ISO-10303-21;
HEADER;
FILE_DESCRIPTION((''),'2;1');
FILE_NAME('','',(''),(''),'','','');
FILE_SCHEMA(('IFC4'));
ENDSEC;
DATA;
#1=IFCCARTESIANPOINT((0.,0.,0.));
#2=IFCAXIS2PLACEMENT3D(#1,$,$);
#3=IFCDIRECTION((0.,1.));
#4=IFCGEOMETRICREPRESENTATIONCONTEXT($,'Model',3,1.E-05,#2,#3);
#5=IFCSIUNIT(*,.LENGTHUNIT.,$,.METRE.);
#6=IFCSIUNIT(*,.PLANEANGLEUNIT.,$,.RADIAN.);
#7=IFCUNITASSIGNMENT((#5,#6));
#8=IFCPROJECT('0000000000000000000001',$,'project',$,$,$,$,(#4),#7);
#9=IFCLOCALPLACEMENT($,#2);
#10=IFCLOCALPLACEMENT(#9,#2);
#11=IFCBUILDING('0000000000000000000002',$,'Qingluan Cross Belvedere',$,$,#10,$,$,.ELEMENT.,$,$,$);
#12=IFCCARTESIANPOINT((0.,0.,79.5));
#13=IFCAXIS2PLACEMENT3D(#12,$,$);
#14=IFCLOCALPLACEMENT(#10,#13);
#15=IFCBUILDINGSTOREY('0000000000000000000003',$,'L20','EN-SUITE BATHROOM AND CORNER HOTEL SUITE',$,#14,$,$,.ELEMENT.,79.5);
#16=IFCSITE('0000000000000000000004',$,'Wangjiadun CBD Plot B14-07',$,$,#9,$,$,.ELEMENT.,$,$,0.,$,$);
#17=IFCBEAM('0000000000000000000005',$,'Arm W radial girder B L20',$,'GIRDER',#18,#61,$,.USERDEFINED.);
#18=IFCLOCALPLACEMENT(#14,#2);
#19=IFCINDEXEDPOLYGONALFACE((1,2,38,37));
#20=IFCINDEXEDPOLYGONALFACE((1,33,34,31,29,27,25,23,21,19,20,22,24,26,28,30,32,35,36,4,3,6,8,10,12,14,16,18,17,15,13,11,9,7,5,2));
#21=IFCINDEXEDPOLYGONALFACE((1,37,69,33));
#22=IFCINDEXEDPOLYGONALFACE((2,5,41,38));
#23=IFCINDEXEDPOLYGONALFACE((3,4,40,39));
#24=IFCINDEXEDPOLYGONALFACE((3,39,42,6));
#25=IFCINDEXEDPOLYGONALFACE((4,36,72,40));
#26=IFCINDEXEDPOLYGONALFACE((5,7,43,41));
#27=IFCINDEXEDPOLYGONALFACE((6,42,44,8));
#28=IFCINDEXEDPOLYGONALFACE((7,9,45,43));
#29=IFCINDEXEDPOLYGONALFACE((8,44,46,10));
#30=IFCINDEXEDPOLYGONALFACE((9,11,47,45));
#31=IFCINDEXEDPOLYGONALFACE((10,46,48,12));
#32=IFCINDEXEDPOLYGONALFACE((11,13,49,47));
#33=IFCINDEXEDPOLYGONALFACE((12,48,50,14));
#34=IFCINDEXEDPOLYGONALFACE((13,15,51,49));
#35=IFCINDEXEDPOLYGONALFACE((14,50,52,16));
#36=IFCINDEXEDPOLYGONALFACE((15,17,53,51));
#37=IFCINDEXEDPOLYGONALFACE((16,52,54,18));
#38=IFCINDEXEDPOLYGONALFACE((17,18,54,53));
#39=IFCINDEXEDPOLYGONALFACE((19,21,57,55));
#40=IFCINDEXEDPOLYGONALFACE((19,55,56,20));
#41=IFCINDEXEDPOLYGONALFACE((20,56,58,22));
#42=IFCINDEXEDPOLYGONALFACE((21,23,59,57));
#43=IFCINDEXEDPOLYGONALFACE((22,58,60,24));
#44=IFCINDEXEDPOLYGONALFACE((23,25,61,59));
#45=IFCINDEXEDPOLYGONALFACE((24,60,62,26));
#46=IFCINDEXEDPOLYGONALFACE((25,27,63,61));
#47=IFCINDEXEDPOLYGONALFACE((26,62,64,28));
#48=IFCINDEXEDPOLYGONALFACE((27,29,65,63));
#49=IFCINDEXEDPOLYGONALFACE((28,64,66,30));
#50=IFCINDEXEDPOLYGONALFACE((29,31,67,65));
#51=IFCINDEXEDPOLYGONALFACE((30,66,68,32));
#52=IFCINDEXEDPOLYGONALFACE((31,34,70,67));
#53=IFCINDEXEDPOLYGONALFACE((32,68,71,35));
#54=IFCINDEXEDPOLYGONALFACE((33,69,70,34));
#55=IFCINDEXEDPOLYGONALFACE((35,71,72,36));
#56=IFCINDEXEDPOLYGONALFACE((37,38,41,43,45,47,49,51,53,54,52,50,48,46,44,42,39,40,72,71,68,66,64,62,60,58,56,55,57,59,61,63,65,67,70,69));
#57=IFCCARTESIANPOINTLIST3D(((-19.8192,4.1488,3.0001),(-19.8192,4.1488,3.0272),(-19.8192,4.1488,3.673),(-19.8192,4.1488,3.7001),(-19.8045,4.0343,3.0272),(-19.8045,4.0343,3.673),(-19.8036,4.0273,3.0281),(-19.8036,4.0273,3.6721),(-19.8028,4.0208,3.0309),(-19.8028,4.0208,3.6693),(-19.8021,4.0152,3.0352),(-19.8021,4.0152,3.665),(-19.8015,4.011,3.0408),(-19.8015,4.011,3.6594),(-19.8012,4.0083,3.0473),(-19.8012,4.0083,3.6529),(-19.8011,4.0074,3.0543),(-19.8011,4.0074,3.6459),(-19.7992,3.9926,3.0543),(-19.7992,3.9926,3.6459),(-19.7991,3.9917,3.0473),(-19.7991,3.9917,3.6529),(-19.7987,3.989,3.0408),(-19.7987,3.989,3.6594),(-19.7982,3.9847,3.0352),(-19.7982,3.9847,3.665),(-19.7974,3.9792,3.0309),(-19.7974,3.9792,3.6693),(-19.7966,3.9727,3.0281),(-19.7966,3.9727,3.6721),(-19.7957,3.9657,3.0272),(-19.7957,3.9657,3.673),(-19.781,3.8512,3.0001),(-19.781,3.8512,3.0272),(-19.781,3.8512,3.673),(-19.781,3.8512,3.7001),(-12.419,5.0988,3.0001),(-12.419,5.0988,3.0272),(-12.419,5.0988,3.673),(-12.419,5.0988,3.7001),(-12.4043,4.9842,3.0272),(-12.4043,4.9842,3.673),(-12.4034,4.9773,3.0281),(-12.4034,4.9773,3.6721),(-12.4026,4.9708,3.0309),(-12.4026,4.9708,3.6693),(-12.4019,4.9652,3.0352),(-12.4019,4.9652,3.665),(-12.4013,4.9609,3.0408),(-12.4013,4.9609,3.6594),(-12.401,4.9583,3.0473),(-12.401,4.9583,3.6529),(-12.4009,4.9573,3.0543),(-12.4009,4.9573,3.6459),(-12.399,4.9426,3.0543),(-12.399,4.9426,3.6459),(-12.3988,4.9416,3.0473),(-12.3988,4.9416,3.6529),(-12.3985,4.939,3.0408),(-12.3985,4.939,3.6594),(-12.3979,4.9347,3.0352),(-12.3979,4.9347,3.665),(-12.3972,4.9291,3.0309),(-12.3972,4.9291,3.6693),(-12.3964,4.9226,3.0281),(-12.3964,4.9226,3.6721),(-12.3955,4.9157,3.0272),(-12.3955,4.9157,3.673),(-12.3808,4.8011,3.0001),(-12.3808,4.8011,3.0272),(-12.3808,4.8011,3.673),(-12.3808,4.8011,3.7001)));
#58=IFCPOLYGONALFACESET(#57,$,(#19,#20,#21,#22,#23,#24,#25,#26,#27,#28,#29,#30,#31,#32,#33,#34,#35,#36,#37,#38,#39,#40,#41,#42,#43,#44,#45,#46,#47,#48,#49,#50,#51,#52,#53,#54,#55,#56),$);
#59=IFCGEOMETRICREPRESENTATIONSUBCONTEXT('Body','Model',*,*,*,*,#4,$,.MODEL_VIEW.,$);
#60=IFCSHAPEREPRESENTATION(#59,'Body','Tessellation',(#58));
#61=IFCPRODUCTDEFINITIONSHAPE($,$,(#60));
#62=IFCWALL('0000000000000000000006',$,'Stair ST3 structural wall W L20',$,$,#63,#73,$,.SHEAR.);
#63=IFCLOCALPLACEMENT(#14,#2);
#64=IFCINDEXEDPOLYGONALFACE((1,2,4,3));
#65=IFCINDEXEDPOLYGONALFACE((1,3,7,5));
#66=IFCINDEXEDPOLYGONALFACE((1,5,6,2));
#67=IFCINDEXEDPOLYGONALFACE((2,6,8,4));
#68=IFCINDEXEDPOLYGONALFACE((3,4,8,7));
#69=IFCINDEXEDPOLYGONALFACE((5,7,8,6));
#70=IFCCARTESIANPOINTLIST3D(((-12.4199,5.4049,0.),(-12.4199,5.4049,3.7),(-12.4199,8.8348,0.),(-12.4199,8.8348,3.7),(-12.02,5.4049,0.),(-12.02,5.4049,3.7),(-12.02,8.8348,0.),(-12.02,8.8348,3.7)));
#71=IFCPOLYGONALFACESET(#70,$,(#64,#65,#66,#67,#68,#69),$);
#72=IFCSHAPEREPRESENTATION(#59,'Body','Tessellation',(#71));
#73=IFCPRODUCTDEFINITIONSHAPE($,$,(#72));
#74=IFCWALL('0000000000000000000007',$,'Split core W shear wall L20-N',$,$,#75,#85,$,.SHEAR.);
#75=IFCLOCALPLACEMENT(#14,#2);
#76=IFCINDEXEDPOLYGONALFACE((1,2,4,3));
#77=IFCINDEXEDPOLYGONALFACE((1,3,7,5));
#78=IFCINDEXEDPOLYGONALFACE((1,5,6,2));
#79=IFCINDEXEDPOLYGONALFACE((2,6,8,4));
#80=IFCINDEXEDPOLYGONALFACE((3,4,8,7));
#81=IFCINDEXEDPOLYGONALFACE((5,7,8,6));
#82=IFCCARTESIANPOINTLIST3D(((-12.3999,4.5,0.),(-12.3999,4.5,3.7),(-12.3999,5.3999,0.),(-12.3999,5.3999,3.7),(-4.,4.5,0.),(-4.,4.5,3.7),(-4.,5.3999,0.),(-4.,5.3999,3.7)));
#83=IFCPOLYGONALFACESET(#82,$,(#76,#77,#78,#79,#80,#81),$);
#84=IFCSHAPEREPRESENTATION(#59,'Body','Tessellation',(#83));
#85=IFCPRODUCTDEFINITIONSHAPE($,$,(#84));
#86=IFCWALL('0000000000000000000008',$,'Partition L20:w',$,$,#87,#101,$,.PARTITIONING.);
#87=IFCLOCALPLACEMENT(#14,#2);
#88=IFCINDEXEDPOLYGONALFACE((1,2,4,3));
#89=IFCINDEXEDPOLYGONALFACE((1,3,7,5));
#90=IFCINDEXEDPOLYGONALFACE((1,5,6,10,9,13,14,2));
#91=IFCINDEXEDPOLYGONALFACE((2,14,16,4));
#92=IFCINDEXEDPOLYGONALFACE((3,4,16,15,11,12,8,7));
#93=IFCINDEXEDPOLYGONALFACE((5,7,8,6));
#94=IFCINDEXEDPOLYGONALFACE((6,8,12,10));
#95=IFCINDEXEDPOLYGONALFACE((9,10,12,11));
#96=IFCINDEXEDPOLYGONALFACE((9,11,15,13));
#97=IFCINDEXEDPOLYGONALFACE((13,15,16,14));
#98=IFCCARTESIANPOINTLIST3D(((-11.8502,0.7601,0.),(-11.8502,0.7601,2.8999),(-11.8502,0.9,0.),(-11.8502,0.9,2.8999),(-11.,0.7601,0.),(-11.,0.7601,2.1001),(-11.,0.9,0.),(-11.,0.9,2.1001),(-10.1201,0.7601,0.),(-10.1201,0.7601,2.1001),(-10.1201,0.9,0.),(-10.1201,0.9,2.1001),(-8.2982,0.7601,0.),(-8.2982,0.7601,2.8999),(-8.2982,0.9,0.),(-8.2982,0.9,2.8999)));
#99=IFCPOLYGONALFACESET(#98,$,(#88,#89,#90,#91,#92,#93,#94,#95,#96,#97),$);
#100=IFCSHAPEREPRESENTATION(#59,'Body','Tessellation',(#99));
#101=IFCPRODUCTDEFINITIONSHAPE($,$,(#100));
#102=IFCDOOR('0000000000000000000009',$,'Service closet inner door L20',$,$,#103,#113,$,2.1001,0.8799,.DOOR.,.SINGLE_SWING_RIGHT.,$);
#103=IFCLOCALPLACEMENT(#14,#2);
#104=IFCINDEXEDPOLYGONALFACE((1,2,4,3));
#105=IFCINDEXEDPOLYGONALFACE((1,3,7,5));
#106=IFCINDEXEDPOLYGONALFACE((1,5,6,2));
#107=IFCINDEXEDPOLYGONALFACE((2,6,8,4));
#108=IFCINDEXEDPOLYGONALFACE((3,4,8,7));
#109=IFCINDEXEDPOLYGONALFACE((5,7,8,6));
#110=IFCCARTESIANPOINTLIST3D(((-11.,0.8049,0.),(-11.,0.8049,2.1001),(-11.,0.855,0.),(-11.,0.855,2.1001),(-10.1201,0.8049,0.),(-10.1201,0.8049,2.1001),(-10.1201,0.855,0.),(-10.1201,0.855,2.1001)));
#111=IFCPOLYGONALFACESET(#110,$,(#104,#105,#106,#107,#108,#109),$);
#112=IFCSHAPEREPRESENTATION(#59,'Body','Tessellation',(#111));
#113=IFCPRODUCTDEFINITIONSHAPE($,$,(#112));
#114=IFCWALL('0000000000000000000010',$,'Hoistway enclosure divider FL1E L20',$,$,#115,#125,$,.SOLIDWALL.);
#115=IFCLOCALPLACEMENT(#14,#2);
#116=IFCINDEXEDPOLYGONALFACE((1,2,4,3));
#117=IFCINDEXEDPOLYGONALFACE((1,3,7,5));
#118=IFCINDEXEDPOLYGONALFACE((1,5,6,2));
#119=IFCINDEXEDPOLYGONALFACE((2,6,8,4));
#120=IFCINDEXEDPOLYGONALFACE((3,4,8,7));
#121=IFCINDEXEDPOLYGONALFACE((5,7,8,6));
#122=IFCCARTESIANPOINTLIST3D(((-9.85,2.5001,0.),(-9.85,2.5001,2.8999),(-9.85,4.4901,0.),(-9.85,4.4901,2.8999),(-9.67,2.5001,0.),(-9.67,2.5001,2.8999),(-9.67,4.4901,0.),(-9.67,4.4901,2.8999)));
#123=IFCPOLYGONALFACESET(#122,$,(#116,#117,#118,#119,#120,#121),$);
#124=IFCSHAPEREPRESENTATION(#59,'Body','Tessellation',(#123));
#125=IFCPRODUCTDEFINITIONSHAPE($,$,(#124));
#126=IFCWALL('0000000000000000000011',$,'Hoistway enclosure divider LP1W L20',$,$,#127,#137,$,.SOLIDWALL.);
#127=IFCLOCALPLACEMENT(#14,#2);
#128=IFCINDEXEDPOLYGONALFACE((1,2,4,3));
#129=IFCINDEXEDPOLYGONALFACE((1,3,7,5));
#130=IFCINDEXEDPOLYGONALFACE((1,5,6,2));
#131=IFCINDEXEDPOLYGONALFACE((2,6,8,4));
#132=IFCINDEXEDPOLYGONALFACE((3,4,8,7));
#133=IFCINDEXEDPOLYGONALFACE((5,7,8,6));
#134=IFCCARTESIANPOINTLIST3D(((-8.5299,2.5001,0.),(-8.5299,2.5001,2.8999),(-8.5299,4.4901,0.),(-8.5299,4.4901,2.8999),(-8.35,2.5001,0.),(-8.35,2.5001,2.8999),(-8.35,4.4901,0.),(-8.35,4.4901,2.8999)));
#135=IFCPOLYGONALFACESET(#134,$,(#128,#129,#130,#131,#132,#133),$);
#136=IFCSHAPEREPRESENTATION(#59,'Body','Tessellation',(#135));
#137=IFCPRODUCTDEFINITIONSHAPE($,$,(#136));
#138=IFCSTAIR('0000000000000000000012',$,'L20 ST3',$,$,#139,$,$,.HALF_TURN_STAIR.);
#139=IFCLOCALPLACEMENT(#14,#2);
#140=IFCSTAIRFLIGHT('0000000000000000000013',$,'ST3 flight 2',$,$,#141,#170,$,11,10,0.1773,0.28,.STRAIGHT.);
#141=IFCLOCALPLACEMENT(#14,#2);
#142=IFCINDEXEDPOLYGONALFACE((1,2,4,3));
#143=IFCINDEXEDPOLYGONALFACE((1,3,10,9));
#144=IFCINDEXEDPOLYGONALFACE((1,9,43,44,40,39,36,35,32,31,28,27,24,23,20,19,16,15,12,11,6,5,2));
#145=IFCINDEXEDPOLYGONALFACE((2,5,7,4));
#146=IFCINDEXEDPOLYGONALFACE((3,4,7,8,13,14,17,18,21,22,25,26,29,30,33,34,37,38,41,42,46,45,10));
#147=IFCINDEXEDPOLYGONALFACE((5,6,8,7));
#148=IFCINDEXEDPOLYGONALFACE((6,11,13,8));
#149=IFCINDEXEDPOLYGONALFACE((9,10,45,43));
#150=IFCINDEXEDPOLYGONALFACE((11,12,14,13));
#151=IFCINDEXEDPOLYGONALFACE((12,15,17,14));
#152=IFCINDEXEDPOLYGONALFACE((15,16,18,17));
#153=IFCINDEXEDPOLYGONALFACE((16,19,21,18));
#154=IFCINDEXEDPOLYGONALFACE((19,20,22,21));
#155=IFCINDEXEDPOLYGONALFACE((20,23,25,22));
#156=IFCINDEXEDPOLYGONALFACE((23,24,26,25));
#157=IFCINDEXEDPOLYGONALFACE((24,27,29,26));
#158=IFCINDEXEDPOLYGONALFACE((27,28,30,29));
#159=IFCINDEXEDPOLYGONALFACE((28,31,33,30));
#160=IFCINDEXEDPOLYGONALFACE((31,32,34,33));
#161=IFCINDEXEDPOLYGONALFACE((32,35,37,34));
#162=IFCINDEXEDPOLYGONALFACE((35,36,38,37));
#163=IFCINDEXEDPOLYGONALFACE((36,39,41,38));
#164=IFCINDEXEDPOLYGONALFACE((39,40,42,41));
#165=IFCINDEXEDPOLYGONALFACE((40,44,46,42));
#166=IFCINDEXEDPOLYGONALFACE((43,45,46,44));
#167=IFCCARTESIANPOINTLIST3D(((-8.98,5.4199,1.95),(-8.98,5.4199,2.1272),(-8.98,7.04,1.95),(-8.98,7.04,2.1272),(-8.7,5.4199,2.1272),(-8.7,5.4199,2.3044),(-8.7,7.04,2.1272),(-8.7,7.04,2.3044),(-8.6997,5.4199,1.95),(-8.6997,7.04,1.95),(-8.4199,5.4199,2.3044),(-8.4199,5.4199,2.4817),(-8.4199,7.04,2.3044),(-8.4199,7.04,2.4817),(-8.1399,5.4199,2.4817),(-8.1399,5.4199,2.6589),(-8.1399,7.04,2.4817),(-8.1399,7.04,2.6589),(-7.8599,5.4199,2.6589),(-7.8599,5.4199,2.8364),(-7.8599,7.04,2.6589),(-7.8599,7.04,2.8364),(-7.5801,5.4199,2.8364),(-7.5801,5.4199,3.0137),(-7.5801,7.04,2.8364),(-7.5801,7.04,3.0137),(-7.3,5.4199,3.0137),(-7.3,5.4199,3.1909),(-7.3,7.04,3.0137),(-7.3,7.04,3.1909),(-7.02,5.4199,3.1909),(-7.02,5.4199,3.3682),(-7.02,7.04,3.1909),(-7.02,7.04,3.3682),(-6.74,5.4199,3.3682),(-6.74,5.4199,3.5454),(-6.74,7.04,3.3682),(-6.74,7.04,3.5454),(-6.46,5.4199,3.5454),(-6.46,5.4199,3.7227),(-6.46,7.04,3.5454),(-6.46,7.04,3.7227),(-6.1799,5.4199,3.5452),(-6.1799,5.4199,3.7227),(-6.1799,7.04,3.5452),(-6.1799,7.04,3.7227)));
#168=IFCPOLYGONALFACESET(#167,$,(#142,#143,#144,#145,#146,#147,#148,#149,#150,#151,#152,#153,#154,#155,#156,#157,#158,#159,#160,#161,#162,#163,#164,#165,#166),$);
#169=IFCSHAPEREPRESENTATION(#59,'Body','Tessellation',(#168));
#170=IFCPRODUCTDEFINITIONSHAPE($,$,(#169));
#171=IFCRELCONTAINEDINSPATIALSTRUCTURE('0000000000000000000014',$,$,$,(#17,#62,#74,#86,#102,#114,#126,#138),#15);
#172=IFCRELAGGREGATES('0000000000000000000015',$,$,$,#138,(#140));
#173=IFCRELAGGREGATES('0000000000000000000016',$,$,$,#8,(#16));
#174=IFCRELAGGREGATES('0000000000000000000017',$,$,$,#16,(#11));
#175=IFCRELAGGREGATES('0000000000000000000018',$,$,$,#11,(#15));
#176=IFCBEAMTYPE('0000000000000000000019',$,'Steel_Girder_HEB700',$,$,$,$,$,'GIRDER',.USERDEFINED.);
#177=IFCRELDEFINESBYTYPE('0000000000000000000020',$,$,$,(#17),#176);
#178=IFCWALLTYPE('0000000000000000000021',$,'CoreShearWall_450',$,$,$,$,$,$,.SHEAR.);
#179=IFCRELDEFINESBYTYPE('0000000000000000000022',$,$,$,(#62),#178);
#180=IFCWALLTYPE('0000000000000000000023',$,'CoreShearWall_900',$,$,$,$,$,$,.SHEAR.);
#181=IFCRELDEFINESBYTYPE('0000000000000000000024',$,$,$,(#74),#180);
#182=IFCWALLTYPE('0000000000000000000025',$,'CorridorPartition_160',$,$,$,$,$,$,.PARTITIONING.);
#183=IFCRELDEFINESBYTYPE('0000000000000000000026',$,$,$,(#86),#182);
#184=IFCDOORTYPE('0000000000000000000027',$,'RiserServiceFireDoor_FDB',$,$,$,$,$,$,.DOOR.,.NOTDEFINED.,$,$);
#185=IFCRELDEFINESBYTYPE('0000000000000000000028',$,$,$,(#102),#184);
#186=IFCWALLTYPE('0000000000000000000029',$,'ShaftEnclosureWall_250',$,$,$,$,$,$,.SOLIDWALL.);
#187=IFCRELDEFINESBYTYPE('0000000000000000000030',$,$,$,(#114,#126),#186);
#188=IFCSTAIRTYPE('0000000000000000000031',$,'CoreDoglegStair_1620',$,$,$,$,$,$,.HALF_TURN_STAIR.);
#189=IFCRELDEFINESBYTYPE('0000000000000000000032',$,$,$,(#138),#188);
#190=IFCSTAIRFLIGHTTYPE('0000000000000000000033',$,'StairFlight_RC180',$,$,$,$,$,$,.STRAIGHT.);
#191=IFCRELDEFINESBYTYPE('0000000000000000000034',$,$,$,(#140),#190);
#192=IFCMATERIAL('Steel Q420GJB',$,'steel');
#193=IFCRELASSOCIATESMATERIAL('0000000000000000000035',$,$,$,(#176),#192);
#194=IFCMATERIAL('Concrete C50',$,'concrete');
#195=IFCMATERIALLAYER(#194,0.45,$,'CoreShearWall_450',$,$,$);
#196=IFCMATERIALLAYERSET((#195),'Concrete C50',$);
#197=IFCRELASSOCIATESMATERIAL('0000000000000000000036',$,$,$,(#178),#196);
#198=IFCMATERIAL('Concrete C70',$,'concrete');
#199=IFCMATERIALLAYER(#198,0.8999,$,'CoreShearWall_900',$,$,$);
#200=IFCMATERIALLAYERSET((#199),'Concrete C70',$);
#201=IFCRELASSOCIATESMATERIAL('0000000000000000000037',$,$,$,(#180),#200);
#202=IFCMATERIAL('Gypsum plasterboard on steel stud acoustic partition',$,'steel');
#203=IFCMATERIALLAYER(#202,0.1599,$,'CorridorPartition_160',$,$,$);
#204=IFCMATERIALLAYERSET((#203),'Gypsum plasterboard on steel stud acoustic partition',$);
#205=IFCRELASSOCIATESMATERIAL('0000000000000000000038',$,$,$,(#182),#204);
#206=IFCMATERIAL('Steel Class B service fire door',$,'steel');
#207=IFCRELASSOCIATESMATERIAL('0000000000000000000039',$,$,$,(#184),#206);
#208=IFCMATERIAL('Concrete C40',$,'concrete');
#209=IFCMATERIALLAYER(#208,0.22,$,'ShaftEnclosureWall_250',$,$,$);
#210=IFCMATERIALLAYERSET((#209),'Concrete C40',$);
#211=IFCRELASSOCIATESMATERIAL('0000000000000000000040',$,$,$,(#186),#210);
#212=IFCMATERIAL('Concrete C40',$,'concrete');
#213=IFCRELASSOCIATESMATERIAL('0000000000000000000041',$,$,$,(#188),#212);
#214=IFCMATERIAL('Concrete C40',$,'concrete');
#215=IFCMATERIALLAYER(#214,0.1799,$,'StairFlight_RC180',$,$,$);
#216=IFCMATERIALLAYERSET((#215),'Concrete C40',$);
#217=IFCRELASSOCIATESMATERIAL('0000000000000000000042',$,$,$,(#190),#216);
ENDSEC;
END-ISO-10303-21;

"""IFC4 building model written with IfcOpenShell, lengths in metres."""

from ifc_helpers import new_model, si_unit, direction, frame, frame_2d, origin, origin_2d, place, context, subcontext, project, spatial, polyline, rectangle, i_section, outline, extrude, material, layer, layer_set, material_profile, profile_set, type_object, element, fill, aggregate, save


model = new_model("IFC4")

# Units and contexts
model_context = context("Model", 3, precision=1e-05, world=origin(), true_north=direction((0.0, 1.0)))
body_context = subcontext(model_context, "Body", "Model", "MODEL_VIEW")
ifc_project = project(units=[si_unit("LENGTHUNIT", "METRE"), si_unit("PLANEANGLEUNIT", "RADIAN")], contexts=[model_context])

# Site, building, storey
site_placement = place(None, origin())
site = spatial("IfcSite", under=ifc_project, at=site_placement, Name="Wangjiadun CBD Plot B14-07", CompositionType="ELEMENT", RefElevation=0.0)
building_placement = place(site_placement, origin())
building = spatial("IfcBuilding", under=site, at=building_placement, Name="Qingluan Cross Belvedere", CompositionType="ELEMENT")
storey_placement = place(building_placement, frame((0.0, 0.0, 79.5)))
storey = spatial("IfcBuildingStorey", under=building, at=storey_placement, Name="L20", Description="EN-SUITE BATHROOM AND CORNER HOTEL SUITE", CompositionType="ELEMENT", Elevation=79.5)

# Beam
ifc_material_1 = material(Name="Steel Q420GJB", Category="steel")
ifc_material_profile_1 = material_profile(ifc_material_1, i_section(OverallWidth=0.3, OverallDepth=0.7, WebThickness=0.0149, FlangeThickness=0.0271, FilletRadius=0.0271, at=origin_2d()), Name="HEB700")
ifc_profile_set_1 = profile_set([ifc_material_profile_1], Name="Steel Q420GJB")
beam_type_1 = type_object("IfcBeamType", Name="Steel_Girder_HEB700", ElementType="GIRDER", PredefinedType="USERDEFINED", material=ifc_profile_set_1)
beam_1_placement = place(storey_placement, frame((-12.3999, 4.95, 3.3501), z_axis=(-0.991861, -0.127324, 0.0), x_axis=(0.127324, -0.991861, 0.0)))
element("IfcBeam", 1, at=beam_1_placement, inside=storey, type_object=beam_type_1, Name="Arm W radial girder B L20", ObjectType="GIRDER", PredefinedType="USERDEFINED", context=body_context, shape_type="SweptSolid", body=[
    extrude(i_section(OverallWidth=0.3, OverallDepth=0.7, WebThickness=0.0149, FlangeThickness=0.0271, FilletRadius=0.0271, at=origin_2d()), origin(), (0.0, 0.0, 1.0), 7.4609),
])

# Wall
ifc_material_2 = material(Name="Concrete C50", Category="concrete")
ifc_layer_1 = layer(ifc_material_2, 0.45, Name="CoreShearWall_450")
ifc_layer_set_1 = layer_set([ifc_layer_1], Name="Concrete C50")
wall_type_1 = type_object("IfcWallType", Name="CoreShearWall_450", PredefinedType="SHEAR", material=ifc_layer_set_1)
wall_1_placement = place(storey_placement, frame((-12.22, 5.405, 0.0), z_axis=(0.0, 0.0, 1.0), x_axis=(0.0, 1.0, 0.0)))
element("IfcWall", 2, at=wall_1_placement, inside=storey, type_object=wall_type_1, Name="Stair ST3 structural wall W L20", PredefinedType="SHEAR", context=body_context, shape_type="SweptSolid", body=[
    extrude(rectangle(XDim=3.4299, YDim=0.3999, at=frame_2d((1.7148, 0.0))), origin(), (0.0, 0.0, 1.0), 3.7),
])

# Wall
ifc_material_3 = material(Name="Concrete C70", Category="concrete")
ifc_layer_2 = layer(ifc_material_3, 0.8999, Name="CoreShearWall_900")
ifc_layer_set_2 = layer_set([ifc_layer_2], Name="Concrete C70")
wall_type_2 = type_object("IfcWallType", Name="CoreShearWall_900", PredefinedType="SHEAR", material=ifc_layer_set_2)
wall_2_placement = place(storey_placement, frame((-12.3999, 4.95, 0.0), z_axis=(0.0, 0.0, 1.0), x_axis=(1.0, 0.0, 0.0)))
element("IfcWall", 3, at=wall_2_placement, inside=storey, type_object=wall_type_2, Name="Split core W shear wall L20-N", PredefinedType="SHEAR", context=body_context, shape_type="SweptSolid", body=[
    extrude(rectangle(XDim=8.3999, YDim=0.8999, at=frame_2d((4.2, 0.0))), origin(), (0.0, 0.0, 1.0), 3.7),
])

# Wall, opening, door
ifc_material_4 = material(Name="Gypsum plasterboard on steel stud acoustic partition", Category="steel")
ifc_layer_3 = layer(ifc_material_4, 0.1599, Name="CorridorPartition_160")
ifc_layer_set_3 = layer_set([ifc_layer_3], Name="Gypsum plasterboard on steel stud acoustic partition")
wall_type_3 = type_object("IfcWallType", Name="CorridorPartition_160", PredefinedType="PARTITIONING", material=ifc_layer_set_3)
wall_3_placement = place(storey_placement, frame((-11.8501, 0.8301, 0.0), z_axis=(0.0, 0.0, 1.0), x_axis=(1.0, 0.0, 0.0)))
wall_3 = element("IfcWall", 4, at=wall_3_placement, inside=storey, type_object=wall_type_3, Name="Partition L20:w", PredefinedType="PARTITIONING", context=body_context, shape_type="SweptSolid", body=[
    extrude(rectangle(XDim=3.552, YDim=0.1399, at=frame_2d((1.7759, 0.0))), origin(), (0.0, 0.0, 1.0), 2.8999),
])
opening_1_placement = place(wall_3_placement, frame((0.8501, 0.0, 0.0)))
opening_1 = element("IfcOpeningElement", 5, at=opening_1_placement, cuts=wall_3, PredefinedType="OPENING", context=body_context, shape_type="SweptSolid", body=[
    extrude(rectangle(XDim=0.8799, YDim=2.1001, at=frame_2d((0.4399, 1.05))), frame((0.0, 0.0798, 0.0), z_axis=(0.0, -1.0, 0.0), x_axis=(1.0, 0.0, 0.0)), (0.0, 0.0, 1.0), 0.1599),
])
ifc_material_5 = material(Name="Steel Class B service fire door", Category="steel")
door_type_1 = type_object("IfcDoorType", Name="RiserServiceFireDoor_FDB", OperationType="NOTDEFINED", PredefinedType="DOOR", material=ifc_material_5)
door_1_placement = place(opening_1_placement, origin())
door_1 = element("IfcDoor", 6, at=door_1_placement, inside=storey, type_object=door_type_1, Name="Service closet inner door L20", OperationType="SINGLE_SWING_RIGHT", OverallHeight=2.1001, OverallWidth=0.8799, PredefinedType="DOOR", context=body_context, shape_type="SweptSolid", body=[
    extrude(rectangle(XDim=0.8799, YDim=2.1001, at=frame_2d((0.4399, 1.05))), frame((0.0, 0.0249, 0.0), z_axis=(0.0, -1.0, 0.0), x_axis=(1.0, 0.0, 0.0)), (0.0, 0.0, 1.0), 0.05),
])
fill(opening_1, door_1)

# Shared definitions
ifc_material_6 = material(Name="Concrete C40", Category="concrete")
ifc_layer_4 = layer(ifc_material_6, 0.22, Name="ShaftEnclosureWall_250")
ifc_layer_set_4 = layer_set([ifc_layer_4], Name="Concrete C40")
wall_type_4 = type_object("IfcWallType", Name="ShaftEnclosureWall_250", PredefinedType="SOLIDWALL", material=ifc_layer_set_4)

# Walls
for number, where, z_axis, x_axis, name in (
    (7, (-9.76, 2.5, 0.0), (0.0, 0.0, 1.0), (0.0, 1.0, 0.0), "Hoistway enclosure divider FL1E L20"),
    (8, (-8.4399, 2.5, 0.0), (0.0, 0.0, 1.0), (0.0, 1.0, 0.0), "Hoistway enclosure divider LP1W L20"),
):
    element("IfcWall", number, at=place(storey_placement, frame(where, z_axis=z_axis, x_axis=x_axis)), inside=storey, type_object=wall_type_4, Name=name, PredefinedType="SOLIDWALL", context=body_context, shape_type="SweptSolid", body=[
        extrude(rectangle(XDim=1.99, YDim=0.1799, at=frame_2d((0.9951, 0.0))), origin(), (0.0, 0.0, 1.0), 2.8999),
    ])

# Stair, stair flight
ifc_material_7 = material(Name="Concrete C40", Category="concrete")
stair_type = type_object("IfcStairType", Name="CoreDoglegStair_1620", PredefinedType="HALF_TURN_STAIR", material=ifc_material_7)
stair_placement = place(storey_placement, origin())
stair = element("IfcStair", 9, at=stair_placement, inside=storey, type_object=stair_type, Name="L20 ST3", PredefinedType="HALF_TURN_STAIR")
ifc_material_8 = material(Name="Concrete C40", Category="concrete")
ifc_layer_5 = layer(ifc_material_8, 0.1799, Name="StairFlight_RC180")
ifc_layer_set_5 = layer_set([ifc_layer_5], Name="Concrete C40")
stair_flight_type = type_object("IfcStairFlightType", Name="StairFlight_RC180", PredefinedType="STRAIGHT", material=ifc_layer_set_5)
stair_flight_placement = place(storey_placement, frame((-8.98, 6.23, 1.95), z_axis=(0.0, 0.0, 1.0), x_axis=(1.0, 0.0, 0.0)))
stair_flight = element("IfcStairFlight", 10, at=stair_flight_placement, type_object=stair_flight_type, Name="ST3 flight 2", NumberOfRisers=11, NumberOfTreads=10, PredefinedType="STRAIGHT", RiserHeight=0.1773, TreadLength=0.28, context=body_context, shape_type="SweptSolid", body=[
    extrude(outline(polyline([(0.0, 0.0), (0.0, 0.1772), (0.28, 0.1772), (0.28, 0.3545), (0.5601, 0.3545), (0.5601, 0.5317), (0.8401, 0.5317), (0.8401, 0.709), (1.1201, 0.709), (1.1201, 0.8865), (1.3999, 0.8865), (1.3999, 1.0637), (1.6799, 1.0637), (1.6799, 1.241), (1.96, 1.241), (1.96, 1.4182), (2.24, 1.4182), (2.24, 1.5955), (2.52, 1.5955), (2.52, 1.7727), (2.8, 1.7727), (2.8, 1.95), (2.8, 1.5952), (0.2803, 0.0), (0.0, 0.0)])), frame((0.0, 0.8101, 0.0), z_axis=(0.0, -1.0, 0.0), x_axis=(1.0, 0.0, 0.0)), (0.0, 0.0, 1.0), 1.6201),
])
aggregate(stair, [stair_flight])

save(model, "model.ifc")
